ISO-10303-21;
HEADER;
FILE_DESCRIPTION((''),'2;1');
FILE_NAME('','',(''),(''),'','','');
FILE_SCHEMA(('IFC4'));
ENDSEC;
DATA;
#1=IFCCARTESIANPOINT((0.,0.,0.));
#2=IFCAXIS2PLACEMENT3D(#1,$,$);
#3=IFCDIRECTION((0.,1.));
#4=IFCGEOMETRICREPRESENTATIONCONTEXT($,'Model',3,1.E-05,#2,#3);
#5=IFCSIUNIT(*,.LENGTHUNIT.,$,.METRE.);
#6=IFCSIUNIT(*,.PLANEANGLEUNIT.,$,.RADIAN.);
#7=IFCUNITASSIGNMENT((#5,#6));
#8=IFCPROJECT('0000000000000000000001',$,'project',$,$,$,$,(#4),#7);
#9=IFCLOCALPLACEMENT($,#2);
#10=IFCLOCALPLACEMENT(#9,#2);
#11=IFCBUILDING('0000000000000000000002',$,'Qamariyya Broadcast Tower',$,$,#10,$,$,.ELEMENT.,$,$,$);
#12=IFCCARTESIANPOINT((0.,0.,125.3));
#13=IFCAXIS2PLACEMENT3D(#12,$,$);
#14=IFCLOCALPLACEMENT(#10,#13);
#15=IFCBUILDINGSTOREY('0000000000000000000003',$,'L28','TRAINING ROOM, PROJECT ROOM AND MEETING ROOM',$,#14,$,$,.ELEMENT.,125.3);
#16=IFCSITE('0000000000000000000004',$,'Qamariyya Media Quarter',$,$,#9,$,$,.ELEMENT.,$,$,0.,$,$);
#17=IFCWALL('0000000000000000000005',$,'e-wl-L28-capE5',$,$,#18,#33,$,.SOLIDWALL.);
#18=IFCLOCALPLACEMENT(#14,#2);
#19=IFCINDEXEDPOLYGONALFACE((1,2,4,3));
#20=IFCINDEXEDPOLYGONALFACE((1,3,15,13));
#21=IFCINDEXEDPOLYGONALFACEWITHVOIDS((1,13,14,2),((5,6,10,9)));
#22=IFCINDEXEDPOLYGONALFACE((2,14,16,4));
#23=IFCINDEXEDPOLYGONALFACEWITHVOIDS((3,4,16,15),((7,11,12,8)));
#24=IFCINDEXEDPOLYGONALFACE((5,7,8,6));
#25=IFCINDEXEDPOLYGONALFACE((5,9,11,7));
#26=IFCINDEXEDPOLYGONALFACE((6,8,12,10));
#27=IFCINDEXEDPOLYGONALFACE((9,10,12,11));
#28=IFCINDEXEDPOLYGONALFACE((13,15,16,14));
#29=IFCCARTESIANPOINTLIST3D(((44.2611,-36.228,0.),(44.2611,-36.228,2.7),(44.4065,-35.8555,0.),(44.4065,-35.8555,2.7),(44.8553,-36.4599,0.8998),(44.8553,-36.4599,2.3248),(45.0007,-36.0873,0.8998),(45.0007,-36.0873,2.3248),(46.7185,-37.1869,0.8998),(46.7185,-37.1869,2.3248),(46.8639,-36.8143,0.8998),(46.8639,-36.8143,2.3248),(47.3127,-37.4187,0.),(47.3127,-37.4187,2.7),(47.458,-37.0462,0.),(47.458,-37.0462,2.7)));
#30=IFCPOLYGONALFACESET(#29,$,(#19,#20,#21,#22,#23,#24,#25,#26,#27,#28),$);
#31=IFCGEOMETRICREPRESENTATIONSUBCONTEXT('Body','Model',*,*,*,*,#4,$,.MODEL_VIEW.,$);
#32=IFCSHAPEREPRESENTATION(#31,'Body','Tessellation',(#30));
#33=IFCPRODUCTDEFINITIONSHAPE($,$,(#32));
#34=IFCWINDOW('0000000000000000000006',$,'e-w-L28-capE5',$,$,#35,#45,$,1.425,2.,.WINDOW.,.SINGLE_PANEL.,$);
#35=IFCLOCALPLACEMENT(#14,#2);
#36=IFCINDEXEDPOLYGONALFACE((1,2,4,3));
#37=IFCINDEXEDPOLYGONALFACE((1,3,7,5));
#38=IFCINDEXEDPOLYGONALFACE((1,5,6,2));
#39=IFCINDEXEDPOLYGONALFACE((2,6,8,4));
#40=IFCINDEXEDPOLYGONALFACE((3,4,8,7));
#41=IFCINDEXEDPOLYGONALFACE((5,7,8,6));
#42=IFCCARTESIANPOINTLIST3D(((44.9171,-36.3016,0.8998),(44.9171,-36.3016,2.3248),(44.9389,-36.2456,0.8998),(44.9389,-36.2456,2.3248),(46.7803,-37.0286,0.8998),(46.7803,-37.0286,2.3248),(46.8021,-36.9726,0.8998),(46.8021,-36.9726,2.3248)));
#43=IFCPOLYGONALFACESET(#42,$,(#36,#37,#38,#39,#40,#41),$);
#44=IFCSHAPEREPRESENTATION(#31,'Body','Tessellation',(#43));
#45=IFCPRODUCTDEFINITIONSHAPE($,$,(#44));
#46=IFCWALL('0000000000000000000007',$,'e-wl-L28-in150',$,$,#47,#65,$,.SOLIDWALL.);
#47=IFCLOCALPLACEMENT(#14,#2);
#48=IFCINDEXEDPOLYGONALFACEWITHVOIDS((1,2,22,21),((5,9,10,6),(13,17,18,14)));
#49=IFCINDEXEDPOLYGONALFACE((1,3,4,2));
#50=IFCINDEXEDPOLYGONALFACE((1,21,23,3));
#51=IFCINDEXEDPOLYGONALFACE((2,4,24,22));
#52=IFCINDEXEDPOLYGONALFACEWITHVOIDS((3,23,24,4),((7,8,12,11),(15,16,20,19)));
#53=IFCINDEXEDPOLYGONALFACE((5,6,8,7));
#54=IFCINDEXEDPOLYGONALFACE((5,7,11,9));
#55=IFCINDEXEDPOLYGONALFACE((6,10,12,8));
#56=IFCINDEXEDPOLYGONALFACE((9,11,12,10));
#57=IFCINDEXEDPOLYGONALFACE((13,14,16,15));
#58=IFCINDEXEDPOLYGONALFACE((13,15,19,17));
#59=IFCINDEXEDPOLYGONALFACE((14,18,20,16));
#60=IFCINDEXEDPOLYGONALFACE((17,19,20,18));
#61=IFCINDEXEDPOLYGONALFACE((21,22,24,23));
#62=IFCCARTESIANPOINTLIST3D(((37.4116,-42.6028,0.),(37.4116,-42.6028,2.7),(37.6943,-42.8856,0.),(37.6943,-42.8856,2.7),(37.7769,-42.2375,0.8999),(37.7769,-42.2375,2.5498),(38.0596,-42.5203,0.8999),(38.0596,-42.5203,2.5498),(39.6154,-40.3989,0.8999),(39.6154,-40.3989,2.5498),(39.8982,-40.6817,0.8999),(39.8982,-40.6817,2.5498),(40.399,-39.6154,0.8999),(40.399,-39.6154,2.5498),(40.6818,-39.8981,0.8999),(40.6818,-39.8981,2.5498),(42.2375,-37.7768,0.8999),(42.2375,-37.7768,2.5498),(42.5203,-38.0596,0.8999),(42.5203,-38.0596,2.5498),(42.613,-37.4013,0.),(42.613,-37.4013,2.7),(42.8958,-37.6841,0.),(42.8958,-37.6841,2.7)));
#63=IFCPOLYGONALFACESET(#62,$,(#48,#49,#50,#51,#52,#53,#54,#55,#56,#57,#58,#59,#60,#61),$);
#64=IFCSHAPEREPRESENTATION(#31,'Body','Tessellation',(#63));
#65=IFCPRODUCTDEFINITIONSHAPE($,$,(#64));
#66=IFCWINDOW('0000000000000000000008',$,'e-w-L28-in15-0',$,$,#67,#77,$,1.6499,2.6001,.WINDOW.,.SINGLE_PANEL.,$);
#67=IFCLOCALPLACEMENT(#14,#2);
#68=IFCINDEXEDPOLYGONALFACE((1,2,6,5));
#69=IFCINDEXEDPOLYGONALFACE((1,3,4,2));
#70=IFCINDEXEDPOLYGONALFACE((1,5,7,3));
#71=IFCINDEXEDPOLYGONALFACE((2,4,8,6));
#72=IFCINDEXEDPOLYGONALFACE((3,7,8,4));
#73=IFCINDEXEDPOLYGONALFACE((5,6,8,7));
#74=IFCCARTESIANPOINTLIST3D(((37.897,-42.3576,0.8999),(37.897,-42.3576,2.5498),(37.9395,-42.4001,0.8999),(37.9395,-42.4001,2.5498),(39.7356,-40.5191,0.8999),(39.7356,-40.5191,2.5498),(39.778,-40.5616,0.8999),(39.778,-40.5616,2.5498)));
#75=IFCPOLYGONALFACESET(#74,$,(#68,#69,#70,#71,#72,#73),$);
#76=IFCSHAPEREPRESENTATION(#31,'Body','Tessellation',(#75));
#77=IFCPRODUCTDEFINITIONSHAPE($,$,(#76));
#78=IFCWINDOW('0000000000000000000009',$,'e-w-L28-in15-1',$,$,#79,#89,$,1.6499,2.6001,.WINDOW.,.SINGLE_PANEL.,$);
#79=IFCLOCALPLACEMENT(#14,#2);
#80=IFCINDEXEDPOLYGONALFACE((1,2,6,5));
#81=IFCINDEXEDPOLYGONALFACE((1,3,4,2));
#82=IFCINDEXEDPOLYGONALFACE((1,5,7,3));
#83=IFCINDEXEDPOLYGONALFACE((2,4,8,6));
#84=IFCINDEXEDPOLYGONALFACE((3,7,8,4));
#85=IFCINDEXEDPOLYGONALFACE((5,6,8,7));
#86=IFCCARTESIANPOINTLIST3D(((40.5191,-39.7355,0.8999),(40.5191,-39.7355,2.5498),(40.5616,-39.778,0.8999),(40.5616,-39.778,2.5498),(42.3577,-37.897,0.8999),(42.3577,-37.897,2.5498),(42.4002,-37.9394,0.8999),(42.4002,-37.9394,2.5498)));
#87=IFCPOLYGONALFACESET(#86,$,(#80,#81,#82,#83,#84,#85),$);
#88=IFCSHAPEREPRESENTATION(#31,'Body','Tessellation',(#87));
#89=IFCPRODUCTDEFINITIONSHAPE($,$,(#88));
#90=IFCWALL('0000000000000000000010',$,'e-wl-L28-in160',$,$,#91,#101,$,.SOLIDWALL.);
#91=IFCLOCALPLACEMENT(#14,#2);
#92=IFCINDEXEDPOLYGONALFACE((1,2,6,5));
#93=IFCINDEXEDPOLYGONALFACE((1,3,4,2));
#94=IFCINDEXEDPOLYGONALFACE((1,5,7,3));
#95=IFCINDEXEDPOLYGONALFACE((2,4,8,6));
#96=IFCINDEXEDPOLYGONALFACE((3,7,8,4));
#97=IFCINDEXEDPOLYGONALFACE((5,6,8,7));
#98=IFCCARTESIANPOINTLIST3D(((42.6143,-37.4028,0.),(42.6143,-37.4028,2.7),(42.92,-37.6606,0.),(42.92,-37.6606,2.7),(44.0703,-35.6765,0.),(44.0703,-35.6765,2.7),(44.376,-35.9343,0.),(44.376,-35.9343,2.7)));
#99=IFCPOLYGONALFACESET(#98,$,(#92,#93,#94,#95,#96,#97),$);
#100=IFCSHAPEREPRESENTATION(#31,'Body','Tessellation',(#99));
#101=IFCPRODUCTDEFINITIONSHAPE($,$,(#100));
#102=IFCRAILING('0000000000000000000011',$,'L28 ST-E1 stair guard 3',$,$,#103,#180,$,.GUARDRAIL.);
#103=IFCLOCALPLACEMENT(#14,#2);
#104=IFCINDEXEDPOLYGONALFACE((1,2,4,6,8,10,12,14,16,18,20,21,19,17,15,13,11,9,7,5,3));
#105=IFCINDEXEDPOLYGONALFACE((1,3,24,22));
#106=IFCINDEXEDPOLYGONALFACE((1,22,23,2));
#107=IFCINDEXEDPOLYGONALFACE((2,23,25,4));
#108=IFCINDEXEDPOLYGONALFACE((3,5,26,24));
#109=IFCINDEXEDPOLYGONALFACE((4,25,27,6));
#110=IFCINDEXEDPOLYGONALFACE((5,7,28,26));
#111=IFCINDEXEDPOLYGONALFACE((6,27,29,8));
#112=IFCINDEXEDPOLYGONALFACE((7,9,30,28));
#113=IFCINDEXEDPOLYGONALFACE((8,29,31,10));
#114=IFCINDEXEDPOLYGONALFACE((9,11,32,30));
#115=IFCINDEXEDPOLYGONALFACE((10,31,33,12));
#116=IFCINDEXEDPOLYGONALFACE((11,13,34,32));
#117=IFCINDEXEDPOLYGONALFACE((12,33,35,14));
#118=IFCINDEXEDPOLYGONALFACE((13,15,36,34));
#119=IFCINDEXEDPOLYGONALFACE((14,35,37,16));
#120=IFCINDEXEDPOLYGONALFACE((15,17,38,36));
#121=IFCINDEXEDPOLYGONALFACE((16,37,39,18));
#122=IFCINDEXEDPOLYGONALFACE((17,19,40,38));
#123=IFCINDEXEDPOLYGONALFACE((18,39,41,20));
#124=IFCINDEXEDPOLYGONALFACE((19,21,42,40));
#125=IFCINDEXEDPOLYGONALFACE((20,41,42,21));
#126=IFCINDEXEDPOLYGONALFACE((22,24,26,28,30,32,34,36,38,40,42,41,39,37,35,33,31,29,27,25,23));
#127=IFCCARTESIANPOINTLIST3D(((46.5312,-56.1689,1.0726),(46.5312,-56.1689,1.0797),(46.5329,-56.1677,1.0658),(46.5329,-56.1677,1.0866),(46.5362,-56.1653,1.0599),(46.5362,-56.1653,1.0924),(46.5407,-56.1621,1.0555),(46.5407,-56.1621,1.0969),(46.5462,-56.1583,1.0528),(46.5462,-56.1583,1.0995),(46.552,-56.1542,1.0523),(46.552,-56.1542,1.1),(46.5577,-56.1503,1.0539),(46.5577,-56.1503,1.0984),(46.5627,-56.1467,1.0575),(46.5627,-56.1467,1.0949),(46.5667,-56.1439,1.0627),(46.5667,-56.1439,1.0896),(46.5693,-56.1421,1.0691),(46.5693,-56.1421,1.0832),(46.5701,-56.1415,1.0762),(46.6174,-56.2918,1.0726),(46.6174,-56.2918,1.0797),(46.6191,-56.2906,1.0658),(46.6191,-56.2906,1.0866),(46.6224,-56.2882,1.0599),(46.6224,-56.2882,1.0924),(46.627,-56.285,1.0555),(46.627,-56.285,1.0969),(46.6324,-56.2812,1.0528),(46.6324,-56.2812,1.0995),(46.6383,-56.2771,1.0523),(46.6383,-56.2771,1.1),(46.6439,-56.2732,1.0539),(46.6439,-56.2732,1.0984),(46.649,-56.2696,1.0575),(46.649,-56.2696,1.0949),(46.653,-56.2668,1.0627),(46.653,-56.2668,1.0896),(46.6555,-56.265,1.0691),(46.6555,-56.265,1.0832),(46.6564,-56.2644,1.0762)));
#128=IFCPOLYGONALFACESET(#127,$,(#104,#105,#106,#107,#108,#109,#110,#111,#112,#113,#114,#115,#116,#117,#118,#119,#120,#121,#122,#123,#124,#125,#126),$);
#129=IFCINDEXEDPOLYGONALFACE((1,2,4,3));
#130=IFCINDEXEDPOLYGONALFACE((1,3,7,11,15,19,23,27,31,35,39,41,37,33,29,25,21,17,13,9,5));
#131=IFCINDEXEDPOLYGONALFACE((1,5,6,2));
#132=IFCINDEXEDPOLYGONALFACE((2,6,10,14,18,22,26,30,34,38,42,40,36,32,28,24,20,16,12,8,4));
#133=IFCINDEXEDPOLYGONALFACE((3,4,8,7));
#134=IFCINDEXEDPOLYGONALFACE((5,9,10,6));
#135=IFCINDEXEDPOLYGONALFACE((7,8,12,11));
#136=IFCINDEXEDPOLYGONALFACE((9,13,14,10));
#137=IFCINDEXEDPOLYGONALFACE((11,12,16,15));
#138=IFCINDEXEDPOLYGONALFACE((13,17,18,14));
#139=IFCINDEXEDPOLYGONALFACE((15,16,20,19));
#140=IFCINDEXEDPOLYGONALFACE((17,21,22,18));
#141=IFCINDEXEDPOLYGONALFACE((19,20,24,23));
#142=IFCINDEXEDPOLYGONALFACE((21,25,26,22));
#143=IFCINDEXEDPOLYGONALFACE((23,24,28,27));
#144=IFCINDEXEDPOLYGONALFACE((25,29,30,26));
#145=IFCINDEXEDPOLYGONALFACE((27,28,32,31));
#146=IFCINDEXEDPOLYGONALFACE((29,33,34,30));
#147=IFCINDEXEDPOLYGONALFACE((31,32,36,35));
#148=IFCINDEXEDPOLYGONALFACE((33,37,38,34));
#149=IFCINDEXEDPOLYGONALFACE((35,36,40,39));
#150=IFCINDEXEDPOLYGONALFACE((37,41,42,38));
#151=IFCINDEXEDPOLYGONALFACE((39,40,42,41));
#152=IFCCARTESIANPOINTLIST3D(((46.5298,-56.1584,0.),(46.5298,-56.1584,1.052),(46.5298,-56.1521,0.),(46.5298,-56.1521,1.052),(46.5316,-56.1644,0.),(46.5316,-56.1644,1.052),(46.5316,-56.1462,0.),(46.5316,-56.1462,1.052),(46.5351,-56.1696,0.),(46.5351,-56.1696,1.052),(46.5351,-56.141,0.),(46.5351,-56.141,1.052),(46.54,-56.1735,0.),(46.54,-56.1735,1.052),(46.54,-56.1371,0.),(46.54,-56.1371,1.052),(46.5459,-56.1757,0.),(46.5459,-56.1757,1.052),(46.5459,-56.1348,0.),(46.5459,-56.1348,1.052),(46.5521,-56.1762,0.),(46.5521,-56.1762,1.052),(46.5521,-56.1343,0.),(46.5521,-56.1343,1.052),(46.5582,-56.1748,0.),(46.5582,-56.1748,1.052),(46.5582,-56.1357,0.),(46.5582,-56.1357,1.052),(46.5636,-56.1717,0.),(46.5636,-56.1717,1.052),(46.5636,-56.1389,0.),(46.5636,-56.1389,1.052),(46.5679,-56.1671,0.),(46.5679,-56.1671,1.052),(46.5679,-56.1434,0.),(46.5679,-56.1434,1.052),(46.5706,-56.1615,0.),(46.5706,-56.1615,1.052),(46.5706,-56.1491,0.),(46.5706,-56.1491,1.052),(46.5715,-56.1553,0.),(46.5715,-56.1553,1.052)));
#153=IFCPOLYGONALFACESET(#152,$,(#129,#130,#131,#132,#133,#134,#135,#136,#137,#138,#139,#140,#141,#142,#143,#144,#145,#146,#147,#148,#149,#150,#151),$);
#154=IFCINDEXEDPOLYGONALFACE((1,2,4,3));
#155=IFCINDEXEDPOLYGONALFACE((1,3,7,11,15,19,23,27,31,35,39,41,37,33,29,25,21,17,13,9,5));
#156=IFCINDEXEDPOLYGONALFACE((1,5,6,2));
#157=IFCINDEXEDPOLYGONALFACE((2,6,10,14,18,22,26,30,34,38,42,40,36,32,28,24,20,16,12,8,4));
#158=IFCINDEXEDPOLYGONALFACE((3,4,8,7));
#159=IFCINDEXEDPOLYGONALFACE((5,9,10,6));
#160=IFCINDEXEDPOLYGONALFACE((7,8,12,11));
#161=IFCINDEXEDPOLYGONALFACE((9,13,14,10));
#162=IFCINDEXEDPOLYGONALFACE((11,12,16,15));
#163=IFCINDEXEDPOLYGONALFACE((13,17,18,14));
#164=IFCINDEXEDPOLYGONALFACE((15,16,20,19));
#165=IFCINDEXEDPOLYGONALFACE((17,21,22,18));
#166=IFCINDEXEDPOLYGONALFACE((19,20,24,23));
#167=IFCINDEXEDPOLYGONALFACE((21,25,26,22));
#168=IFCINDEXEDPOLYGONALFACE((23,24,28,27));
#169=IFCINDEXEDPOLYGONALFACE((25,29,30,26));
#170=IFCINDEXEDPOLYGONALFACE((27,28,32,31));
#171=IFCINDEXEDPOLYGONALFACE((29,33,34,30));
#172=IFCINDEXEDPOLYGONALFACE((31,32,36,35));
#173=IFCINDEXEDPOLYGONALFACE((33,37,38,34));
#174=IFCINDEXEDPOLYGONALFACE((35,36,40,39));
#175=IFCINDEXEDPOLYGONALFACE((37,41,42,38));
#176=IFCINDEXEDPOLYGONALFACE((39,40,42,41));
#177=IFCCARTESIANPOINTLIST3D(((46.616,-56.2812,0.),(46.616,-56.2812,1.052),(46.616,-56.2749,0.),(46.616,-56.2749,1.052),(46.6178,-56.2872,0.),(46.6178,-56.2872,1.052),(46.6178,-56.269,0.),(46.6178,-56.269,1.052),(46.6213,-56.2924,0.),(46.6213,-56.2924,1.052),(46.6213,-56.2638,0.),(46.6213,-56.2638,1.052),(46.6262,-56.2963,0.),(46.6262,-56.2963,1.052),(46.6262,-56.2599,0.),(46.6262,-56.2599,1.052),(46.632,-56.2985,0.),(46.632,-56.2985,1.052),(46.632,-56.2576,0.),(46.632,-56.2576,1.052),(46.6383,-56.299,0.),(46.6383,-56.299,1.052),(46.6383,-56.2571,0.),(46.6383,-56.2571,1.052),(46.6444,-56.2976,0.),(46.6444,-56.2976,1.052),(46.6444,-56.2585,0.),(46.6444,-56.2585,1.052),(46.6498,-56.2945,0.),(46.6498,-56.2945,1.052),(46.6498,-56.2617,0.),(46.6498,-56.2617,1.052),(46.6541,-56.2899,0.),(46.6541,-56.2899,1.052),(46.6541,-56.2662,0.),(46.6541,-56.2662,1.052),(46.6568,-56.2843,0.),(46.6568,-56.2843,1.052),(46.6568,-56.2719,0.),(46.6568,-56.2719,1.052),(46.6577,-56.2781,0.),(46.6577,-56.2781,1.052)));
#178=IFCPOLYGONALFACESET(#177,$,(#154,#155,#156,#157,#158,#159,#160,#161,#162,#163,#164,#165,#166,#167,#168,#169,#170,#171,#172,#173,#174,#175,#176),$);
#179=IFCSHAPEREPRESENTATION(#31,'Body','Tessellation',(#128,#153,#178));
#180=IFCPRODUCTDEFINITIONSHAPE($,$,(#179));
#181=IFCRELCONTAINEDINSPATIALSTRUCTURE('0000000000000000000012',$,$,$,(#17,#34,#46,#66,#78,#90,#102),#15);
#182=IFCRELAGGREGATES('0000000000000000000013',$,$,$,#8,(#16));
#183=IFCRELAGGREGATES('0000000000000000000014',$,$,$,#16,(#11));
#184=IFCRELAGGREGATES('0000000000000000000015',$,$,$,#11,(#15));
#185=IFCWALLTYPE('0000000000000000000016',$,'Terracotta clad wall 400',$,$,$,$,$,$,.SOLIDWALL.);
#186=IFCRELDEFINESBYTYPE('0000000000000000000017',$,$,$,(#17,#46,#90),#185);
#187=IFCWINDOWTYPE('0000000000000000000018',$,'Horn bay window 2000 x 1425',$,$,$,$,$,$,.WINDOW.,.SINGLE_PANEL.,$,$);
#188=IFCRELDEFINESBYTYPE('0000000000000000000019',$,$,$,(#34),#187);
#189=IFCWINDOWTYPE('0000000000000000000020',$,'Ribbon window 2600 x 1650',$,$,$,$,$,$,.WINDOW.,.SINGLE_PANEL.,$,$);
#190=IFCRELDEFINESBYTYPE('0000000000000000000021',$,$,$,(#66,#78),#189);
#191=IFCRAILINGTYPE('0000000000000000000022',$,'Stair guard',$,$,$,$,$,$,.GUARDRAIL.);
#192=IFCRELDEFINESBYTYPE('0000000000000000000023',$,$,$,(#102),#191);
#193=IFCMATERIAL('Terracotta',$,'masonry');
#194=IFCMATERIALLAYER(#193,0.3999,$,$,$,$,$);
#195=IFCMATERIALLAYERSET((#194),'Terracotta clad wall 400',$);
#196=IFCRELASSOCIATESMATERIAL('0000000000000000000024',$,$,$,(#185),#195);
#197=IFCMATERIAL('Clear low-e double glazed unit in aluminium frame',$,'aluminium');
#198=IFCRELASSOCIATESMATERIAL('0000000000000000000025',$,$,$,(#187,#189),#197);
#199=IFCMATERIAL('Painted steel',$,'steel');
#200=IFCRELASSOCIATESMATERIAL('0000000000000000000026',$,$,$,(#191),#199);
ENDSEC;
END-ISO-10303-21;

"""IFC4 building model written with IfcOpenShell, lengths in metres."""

from ifc_helpers import new_model, si_unit, direction, frame, frame_2d, origin, origin_2d, place, context, subcontext, project, spatial, rectangle, circle, extrude, material, layer, layer_set, type_object, element, fill, save


model = new_model("IFC4")

# Units and contexts
model_context = context("Model", 3, precision=1e-05, world=origin(), true_north=direction((0.0, 1.0)))
body_context = subcontext(model_context, "Body", "Model", "MODEL_VIEW")
ifc_project = project(units=[si_unit("LENGTHUNIT", "METRE"), si_unit("PLANEANGLEUNIT", "RADIAN")], contexts=[model_context])

# Site, building, storey
site_placement = place(None, origin())
site = spatial("IfcSite", under=ifc_project, at=site_placement, Name="Qamariyya Media Quarter", CompositionType="ELEMENT", RefElevation=0.0)
building_placement = place(site_placement, origin())
building = spatial("IfcBuilding", under=site, at=building_placement, Name="Qamariyya Broadcast Tower", CompositionType="ELEMENT")
storey_placement = place(building_placement, frame((0.0, 0.0, 125.3)))
storey = spatial("IfcBuildingStorey", under=building, at=storey_placement, Name="L28", Description="TRAINING ROOM, PROJECT ROOM AND MEETING ROOM", CompositionType="ELEMENT", Elevation=125.3)

# Wall, opening, window
ifc_material_1 = material(Name="Terracotta", Category="masonry")
ifc_layer_1 = layer(ifc_material_1, 0.3999)
ifc_layer_set_1 = layer_set([ifc_layer_1], Name="Terracotta clad wall 400")
wall_type_1 = type_object("IfcWallType", Name="Terracotta clad wall 400", PredefinedType="SOLIDWALL", material=ifc_layer_set_1)
ifc_material_2 = material(Name="Clear low-e double glazed unit in aluminium frame", Category="aluminium")
window_type_1 = type_object("IfcWindowType", Name="Horn bay window 2000 x 1425", PartitioningType="SINGLE_PANEL", PredefinedType="WINDOW", material=ifc_material_2)
wall_1_placement = place(storey_placement, frame((47.3853, -37.2324, 0.0), z_axis=(0.0, 0.0, 1.0), x_axis=(-0.931594, 0.3635, 0.0)))
wall_1 = element("IfcWall", 1, at=wall_1_placement, inside=storey, type_object=wall_type_1, Name="e-wl-L28-capE5", PredefinedType="SOLIDWALL", context=body_context, shape_type="SweptSolid", body=[
    extrude(rectangle(XDim=3.2756, YDim=0.3999, at=frame_2d((1.6377, 0.0))), origin(), (0.0, 0.0, 1.0), 2.7),
])
opening_1_placement = place(wall_1_placement, frame((0.6377, 0.0, 0.8999)))
opening_1 = element("IfcOpeningElement", 2, at=opening_1_placement, cuts=wall_1, PredefinedType="OPENING", context=body_context, shape_type="SweptSolid", body=[
    extrude(rectangle(XDim=2.0, YDim=1.425, at=frame_2d((1.0, 0.7124))), frame((0.0, 0.21, 0.0), z_axis=(0.0, -1.0, 0.0), x_axis=(1.0, 0.0, 0.0)), (0.0, 0.0, 1.0), 0.4199),
])
window_1_placement = place(opening_1_placement, origin())
window_1 = element("IfcWindow", 3, at=window_1_placement, inside=storey, type_object=window_type_1, Name="e-w-L28-capE5", OverallHeight=1.425, OverallWidth=2.0, PartitioningType="SINGLE_PANEL", PredefinedType="WINDOW", context=body_context, shape_type="SweptSolid", body=[
    extrude(rectangle(XDim=2.0, YDim=1.425, at=frame_2d((1.0, 0.7124))), frame((0.0, 0.03, 0.0), z_axis=(0.0, -1.0, 0.0), x_axis=(1.0, 0.0, 0.0)), (0.0, 0.0, 1.0), 0.0601),
])
fill(opening_1, window_1)

# Wall, openings, windows
wall_2_placement = place(storey_placement, frame((42.7544, -37.5427, 0.0), z_axis=(0.0, 0.0, 1.0), x_axis=(-0.707107, -0.707107, 0.0)))
wall_2 = element("IfcWall", 4, at=wall_2_placement, inside=storey, type_object=wall_type_1, Name="e-wl-L28-in150", PredefinedType="SOLIDWALL", context=body_context, shape_type="SweptSolid", body=[
    extrude(rectangle(XDim=7.356, YDim=0.3999, at=frame_2d((3.678, 0.0))), origin(), (0.0, 0.0, 1.0), 2.7),
])
opening_2_placement = place(wall_2_placement, frame((4.2393, 0.0, 0.8999)))
opening_2 = element("IfcOpeningElement", 5, at=opening_2_placement, cuts=wall_2, PredefinedType="OPENING", context=body_context, shape_type="SweptSolid", body=[
    extrude(rectangle(XDim=2.6001, YDim=1.6499, at=frame_2d((1.3, 0.825))), frame((0.0, 0.21, 0.0), z_axis=(0.0, -1.0, 0.0), x_axis=(1.0, 0.0, 0.0)), (0.0, 0.0, 1.0), 0.4199),
])
opening_3_placement = place(wall_2_placement, frame((0.531, 0.0, 0.8999)))
opening_3 = element("IfcOpeningElement", 6, at=opening_3_placement, cuts=wall_2, PredefinedType="OPENING", context=body_context, shape_type="SweptSolid", body=[
    extrude(rectangle(XDim=2.6001, YDim=1.6499, at=frame_2d((1.3, 0.825))), frame((0.0, 0.21, 0.0), z_axis=(0.0, -1.0, 0.0), x_axis=(1.0, 0.0, 0.0)), (0.0, 0.0, 1.0), 0.4199),
])
window_type_2 = type_object("IfcWindowType", Name="Ribbon window 2600 x 1650", PartitioningType="SINGLE_PANEL", PredefinedType="WINDOW", material=ifc_material_2)
window_2_placement = place(opening_2_placement, origin())
window_2 = element("IfcWindow", 7, at=window_2_placement, inside=storey, type_object=window_type_2, Name="e-w-L28-in15-0", OverallHeight=1.6499, OverallWidth=2.6001, PartitioningType="SINGLE_PANEL", PredefinedType="WINDOW", context=body_context, shape_type="SweptSolid", body=[
    extrude(rectangle(XDim=2.6001, YDim=1.6499, at=frame_2d((1.3, 0.825))), frame((0.0, 0.03, 0.0), z_axis=(0.0, -1.0, 0.0), x_axis=(1.0, 0.0, 0.0)), (0.0, 0.0, 1.0), 0.0601),
])
fill(opening_2, window_2)
window_3_placement = place(opening_3_placement, origin())
window_3 = element("IfcWindow", 8, at=window_3_placement, inside=storey, type_object=window_type_2, Name="e-w-L28-in15-1", OverallHeight=1.6499, OverallWidth=2.6001, PartitioningType="SINGLE_PANEL", PredefinedType="WINDOW", context=body_context, shape_type="SweptSolid", body=[
    extrude(rectangle(XDim=2.6001, YDim=1.6499, at=frame_2d((1.3, 0.825))), frame((0.0, 0.03, 0.0), z_axis=(0.0, -1.0, 0.0), x_axis=(1.0, 0.0, 0.0)), (0.0, 0.0, 1.0), 0.0601),
])
fill(opening_3, window_3)

# Wall
wall_3_placement = place(storey_placement, frame((44.2231, -35.8054, 0.0), z_axis=(0.0, 0.0, 1.0), x_axis=(-0.644735, -0.764406, 0.0)))
element("IfcWall", 9, at=wall_3_placement, inside=storey, type_object=wall_type_1, Name="e-wl-L28-in160", PredefinedType="SOLIDWALL", context=body_context, shape_type="SweptSolid", body=[
    extrude(rectangle(XDim=2.2583, YDim=0.3999, at=frame_2d((1.1292, 0.0))), origin(), (0.0, 0.0, 1.0), 2.7),
])

# Railing
ifc_material_3 = material(Name="Painted steel", Category="steel")
railing_type_1 = type_object("IfcRailingType", Name="Stair guard", PredefinedType="GUARDRAIL", material=ifc_material_3)
railing_1_placement = place(storey_placement, frame((46.5505, -56.1553, 0.0)))
element("IfcRailing", 10, at=railing_1_placement, inside=storey, type_object=railing_type_1, Name="L28 ST-E1 stair guard 3", PredefinedType="GUARDRAIL", context=body_context, shape_type="SweptSolid", body=[
    extrude(circle(Radius=0.0239, at=origin_2d()), frame((0.0, 0.0, 1.0762), z_axis=(0.574445, -0.818543, 0.0), x_axis=(0.818543, 0.574445, 0.0)), (0.0, 0.0, 1.0), 0.1501),
    extrude(circle(Radius=0.021, at=origin_2d()), origin(), (0.0, 0.0, 1.0), 1.052),
    extrude(circle(Radius=0.021, at=origin_2d()), frame((0.0862, -0.1228, 0.0)), (0.0, 0.0, 1.0), 1.052),
])

save(model, "model.ifc")
